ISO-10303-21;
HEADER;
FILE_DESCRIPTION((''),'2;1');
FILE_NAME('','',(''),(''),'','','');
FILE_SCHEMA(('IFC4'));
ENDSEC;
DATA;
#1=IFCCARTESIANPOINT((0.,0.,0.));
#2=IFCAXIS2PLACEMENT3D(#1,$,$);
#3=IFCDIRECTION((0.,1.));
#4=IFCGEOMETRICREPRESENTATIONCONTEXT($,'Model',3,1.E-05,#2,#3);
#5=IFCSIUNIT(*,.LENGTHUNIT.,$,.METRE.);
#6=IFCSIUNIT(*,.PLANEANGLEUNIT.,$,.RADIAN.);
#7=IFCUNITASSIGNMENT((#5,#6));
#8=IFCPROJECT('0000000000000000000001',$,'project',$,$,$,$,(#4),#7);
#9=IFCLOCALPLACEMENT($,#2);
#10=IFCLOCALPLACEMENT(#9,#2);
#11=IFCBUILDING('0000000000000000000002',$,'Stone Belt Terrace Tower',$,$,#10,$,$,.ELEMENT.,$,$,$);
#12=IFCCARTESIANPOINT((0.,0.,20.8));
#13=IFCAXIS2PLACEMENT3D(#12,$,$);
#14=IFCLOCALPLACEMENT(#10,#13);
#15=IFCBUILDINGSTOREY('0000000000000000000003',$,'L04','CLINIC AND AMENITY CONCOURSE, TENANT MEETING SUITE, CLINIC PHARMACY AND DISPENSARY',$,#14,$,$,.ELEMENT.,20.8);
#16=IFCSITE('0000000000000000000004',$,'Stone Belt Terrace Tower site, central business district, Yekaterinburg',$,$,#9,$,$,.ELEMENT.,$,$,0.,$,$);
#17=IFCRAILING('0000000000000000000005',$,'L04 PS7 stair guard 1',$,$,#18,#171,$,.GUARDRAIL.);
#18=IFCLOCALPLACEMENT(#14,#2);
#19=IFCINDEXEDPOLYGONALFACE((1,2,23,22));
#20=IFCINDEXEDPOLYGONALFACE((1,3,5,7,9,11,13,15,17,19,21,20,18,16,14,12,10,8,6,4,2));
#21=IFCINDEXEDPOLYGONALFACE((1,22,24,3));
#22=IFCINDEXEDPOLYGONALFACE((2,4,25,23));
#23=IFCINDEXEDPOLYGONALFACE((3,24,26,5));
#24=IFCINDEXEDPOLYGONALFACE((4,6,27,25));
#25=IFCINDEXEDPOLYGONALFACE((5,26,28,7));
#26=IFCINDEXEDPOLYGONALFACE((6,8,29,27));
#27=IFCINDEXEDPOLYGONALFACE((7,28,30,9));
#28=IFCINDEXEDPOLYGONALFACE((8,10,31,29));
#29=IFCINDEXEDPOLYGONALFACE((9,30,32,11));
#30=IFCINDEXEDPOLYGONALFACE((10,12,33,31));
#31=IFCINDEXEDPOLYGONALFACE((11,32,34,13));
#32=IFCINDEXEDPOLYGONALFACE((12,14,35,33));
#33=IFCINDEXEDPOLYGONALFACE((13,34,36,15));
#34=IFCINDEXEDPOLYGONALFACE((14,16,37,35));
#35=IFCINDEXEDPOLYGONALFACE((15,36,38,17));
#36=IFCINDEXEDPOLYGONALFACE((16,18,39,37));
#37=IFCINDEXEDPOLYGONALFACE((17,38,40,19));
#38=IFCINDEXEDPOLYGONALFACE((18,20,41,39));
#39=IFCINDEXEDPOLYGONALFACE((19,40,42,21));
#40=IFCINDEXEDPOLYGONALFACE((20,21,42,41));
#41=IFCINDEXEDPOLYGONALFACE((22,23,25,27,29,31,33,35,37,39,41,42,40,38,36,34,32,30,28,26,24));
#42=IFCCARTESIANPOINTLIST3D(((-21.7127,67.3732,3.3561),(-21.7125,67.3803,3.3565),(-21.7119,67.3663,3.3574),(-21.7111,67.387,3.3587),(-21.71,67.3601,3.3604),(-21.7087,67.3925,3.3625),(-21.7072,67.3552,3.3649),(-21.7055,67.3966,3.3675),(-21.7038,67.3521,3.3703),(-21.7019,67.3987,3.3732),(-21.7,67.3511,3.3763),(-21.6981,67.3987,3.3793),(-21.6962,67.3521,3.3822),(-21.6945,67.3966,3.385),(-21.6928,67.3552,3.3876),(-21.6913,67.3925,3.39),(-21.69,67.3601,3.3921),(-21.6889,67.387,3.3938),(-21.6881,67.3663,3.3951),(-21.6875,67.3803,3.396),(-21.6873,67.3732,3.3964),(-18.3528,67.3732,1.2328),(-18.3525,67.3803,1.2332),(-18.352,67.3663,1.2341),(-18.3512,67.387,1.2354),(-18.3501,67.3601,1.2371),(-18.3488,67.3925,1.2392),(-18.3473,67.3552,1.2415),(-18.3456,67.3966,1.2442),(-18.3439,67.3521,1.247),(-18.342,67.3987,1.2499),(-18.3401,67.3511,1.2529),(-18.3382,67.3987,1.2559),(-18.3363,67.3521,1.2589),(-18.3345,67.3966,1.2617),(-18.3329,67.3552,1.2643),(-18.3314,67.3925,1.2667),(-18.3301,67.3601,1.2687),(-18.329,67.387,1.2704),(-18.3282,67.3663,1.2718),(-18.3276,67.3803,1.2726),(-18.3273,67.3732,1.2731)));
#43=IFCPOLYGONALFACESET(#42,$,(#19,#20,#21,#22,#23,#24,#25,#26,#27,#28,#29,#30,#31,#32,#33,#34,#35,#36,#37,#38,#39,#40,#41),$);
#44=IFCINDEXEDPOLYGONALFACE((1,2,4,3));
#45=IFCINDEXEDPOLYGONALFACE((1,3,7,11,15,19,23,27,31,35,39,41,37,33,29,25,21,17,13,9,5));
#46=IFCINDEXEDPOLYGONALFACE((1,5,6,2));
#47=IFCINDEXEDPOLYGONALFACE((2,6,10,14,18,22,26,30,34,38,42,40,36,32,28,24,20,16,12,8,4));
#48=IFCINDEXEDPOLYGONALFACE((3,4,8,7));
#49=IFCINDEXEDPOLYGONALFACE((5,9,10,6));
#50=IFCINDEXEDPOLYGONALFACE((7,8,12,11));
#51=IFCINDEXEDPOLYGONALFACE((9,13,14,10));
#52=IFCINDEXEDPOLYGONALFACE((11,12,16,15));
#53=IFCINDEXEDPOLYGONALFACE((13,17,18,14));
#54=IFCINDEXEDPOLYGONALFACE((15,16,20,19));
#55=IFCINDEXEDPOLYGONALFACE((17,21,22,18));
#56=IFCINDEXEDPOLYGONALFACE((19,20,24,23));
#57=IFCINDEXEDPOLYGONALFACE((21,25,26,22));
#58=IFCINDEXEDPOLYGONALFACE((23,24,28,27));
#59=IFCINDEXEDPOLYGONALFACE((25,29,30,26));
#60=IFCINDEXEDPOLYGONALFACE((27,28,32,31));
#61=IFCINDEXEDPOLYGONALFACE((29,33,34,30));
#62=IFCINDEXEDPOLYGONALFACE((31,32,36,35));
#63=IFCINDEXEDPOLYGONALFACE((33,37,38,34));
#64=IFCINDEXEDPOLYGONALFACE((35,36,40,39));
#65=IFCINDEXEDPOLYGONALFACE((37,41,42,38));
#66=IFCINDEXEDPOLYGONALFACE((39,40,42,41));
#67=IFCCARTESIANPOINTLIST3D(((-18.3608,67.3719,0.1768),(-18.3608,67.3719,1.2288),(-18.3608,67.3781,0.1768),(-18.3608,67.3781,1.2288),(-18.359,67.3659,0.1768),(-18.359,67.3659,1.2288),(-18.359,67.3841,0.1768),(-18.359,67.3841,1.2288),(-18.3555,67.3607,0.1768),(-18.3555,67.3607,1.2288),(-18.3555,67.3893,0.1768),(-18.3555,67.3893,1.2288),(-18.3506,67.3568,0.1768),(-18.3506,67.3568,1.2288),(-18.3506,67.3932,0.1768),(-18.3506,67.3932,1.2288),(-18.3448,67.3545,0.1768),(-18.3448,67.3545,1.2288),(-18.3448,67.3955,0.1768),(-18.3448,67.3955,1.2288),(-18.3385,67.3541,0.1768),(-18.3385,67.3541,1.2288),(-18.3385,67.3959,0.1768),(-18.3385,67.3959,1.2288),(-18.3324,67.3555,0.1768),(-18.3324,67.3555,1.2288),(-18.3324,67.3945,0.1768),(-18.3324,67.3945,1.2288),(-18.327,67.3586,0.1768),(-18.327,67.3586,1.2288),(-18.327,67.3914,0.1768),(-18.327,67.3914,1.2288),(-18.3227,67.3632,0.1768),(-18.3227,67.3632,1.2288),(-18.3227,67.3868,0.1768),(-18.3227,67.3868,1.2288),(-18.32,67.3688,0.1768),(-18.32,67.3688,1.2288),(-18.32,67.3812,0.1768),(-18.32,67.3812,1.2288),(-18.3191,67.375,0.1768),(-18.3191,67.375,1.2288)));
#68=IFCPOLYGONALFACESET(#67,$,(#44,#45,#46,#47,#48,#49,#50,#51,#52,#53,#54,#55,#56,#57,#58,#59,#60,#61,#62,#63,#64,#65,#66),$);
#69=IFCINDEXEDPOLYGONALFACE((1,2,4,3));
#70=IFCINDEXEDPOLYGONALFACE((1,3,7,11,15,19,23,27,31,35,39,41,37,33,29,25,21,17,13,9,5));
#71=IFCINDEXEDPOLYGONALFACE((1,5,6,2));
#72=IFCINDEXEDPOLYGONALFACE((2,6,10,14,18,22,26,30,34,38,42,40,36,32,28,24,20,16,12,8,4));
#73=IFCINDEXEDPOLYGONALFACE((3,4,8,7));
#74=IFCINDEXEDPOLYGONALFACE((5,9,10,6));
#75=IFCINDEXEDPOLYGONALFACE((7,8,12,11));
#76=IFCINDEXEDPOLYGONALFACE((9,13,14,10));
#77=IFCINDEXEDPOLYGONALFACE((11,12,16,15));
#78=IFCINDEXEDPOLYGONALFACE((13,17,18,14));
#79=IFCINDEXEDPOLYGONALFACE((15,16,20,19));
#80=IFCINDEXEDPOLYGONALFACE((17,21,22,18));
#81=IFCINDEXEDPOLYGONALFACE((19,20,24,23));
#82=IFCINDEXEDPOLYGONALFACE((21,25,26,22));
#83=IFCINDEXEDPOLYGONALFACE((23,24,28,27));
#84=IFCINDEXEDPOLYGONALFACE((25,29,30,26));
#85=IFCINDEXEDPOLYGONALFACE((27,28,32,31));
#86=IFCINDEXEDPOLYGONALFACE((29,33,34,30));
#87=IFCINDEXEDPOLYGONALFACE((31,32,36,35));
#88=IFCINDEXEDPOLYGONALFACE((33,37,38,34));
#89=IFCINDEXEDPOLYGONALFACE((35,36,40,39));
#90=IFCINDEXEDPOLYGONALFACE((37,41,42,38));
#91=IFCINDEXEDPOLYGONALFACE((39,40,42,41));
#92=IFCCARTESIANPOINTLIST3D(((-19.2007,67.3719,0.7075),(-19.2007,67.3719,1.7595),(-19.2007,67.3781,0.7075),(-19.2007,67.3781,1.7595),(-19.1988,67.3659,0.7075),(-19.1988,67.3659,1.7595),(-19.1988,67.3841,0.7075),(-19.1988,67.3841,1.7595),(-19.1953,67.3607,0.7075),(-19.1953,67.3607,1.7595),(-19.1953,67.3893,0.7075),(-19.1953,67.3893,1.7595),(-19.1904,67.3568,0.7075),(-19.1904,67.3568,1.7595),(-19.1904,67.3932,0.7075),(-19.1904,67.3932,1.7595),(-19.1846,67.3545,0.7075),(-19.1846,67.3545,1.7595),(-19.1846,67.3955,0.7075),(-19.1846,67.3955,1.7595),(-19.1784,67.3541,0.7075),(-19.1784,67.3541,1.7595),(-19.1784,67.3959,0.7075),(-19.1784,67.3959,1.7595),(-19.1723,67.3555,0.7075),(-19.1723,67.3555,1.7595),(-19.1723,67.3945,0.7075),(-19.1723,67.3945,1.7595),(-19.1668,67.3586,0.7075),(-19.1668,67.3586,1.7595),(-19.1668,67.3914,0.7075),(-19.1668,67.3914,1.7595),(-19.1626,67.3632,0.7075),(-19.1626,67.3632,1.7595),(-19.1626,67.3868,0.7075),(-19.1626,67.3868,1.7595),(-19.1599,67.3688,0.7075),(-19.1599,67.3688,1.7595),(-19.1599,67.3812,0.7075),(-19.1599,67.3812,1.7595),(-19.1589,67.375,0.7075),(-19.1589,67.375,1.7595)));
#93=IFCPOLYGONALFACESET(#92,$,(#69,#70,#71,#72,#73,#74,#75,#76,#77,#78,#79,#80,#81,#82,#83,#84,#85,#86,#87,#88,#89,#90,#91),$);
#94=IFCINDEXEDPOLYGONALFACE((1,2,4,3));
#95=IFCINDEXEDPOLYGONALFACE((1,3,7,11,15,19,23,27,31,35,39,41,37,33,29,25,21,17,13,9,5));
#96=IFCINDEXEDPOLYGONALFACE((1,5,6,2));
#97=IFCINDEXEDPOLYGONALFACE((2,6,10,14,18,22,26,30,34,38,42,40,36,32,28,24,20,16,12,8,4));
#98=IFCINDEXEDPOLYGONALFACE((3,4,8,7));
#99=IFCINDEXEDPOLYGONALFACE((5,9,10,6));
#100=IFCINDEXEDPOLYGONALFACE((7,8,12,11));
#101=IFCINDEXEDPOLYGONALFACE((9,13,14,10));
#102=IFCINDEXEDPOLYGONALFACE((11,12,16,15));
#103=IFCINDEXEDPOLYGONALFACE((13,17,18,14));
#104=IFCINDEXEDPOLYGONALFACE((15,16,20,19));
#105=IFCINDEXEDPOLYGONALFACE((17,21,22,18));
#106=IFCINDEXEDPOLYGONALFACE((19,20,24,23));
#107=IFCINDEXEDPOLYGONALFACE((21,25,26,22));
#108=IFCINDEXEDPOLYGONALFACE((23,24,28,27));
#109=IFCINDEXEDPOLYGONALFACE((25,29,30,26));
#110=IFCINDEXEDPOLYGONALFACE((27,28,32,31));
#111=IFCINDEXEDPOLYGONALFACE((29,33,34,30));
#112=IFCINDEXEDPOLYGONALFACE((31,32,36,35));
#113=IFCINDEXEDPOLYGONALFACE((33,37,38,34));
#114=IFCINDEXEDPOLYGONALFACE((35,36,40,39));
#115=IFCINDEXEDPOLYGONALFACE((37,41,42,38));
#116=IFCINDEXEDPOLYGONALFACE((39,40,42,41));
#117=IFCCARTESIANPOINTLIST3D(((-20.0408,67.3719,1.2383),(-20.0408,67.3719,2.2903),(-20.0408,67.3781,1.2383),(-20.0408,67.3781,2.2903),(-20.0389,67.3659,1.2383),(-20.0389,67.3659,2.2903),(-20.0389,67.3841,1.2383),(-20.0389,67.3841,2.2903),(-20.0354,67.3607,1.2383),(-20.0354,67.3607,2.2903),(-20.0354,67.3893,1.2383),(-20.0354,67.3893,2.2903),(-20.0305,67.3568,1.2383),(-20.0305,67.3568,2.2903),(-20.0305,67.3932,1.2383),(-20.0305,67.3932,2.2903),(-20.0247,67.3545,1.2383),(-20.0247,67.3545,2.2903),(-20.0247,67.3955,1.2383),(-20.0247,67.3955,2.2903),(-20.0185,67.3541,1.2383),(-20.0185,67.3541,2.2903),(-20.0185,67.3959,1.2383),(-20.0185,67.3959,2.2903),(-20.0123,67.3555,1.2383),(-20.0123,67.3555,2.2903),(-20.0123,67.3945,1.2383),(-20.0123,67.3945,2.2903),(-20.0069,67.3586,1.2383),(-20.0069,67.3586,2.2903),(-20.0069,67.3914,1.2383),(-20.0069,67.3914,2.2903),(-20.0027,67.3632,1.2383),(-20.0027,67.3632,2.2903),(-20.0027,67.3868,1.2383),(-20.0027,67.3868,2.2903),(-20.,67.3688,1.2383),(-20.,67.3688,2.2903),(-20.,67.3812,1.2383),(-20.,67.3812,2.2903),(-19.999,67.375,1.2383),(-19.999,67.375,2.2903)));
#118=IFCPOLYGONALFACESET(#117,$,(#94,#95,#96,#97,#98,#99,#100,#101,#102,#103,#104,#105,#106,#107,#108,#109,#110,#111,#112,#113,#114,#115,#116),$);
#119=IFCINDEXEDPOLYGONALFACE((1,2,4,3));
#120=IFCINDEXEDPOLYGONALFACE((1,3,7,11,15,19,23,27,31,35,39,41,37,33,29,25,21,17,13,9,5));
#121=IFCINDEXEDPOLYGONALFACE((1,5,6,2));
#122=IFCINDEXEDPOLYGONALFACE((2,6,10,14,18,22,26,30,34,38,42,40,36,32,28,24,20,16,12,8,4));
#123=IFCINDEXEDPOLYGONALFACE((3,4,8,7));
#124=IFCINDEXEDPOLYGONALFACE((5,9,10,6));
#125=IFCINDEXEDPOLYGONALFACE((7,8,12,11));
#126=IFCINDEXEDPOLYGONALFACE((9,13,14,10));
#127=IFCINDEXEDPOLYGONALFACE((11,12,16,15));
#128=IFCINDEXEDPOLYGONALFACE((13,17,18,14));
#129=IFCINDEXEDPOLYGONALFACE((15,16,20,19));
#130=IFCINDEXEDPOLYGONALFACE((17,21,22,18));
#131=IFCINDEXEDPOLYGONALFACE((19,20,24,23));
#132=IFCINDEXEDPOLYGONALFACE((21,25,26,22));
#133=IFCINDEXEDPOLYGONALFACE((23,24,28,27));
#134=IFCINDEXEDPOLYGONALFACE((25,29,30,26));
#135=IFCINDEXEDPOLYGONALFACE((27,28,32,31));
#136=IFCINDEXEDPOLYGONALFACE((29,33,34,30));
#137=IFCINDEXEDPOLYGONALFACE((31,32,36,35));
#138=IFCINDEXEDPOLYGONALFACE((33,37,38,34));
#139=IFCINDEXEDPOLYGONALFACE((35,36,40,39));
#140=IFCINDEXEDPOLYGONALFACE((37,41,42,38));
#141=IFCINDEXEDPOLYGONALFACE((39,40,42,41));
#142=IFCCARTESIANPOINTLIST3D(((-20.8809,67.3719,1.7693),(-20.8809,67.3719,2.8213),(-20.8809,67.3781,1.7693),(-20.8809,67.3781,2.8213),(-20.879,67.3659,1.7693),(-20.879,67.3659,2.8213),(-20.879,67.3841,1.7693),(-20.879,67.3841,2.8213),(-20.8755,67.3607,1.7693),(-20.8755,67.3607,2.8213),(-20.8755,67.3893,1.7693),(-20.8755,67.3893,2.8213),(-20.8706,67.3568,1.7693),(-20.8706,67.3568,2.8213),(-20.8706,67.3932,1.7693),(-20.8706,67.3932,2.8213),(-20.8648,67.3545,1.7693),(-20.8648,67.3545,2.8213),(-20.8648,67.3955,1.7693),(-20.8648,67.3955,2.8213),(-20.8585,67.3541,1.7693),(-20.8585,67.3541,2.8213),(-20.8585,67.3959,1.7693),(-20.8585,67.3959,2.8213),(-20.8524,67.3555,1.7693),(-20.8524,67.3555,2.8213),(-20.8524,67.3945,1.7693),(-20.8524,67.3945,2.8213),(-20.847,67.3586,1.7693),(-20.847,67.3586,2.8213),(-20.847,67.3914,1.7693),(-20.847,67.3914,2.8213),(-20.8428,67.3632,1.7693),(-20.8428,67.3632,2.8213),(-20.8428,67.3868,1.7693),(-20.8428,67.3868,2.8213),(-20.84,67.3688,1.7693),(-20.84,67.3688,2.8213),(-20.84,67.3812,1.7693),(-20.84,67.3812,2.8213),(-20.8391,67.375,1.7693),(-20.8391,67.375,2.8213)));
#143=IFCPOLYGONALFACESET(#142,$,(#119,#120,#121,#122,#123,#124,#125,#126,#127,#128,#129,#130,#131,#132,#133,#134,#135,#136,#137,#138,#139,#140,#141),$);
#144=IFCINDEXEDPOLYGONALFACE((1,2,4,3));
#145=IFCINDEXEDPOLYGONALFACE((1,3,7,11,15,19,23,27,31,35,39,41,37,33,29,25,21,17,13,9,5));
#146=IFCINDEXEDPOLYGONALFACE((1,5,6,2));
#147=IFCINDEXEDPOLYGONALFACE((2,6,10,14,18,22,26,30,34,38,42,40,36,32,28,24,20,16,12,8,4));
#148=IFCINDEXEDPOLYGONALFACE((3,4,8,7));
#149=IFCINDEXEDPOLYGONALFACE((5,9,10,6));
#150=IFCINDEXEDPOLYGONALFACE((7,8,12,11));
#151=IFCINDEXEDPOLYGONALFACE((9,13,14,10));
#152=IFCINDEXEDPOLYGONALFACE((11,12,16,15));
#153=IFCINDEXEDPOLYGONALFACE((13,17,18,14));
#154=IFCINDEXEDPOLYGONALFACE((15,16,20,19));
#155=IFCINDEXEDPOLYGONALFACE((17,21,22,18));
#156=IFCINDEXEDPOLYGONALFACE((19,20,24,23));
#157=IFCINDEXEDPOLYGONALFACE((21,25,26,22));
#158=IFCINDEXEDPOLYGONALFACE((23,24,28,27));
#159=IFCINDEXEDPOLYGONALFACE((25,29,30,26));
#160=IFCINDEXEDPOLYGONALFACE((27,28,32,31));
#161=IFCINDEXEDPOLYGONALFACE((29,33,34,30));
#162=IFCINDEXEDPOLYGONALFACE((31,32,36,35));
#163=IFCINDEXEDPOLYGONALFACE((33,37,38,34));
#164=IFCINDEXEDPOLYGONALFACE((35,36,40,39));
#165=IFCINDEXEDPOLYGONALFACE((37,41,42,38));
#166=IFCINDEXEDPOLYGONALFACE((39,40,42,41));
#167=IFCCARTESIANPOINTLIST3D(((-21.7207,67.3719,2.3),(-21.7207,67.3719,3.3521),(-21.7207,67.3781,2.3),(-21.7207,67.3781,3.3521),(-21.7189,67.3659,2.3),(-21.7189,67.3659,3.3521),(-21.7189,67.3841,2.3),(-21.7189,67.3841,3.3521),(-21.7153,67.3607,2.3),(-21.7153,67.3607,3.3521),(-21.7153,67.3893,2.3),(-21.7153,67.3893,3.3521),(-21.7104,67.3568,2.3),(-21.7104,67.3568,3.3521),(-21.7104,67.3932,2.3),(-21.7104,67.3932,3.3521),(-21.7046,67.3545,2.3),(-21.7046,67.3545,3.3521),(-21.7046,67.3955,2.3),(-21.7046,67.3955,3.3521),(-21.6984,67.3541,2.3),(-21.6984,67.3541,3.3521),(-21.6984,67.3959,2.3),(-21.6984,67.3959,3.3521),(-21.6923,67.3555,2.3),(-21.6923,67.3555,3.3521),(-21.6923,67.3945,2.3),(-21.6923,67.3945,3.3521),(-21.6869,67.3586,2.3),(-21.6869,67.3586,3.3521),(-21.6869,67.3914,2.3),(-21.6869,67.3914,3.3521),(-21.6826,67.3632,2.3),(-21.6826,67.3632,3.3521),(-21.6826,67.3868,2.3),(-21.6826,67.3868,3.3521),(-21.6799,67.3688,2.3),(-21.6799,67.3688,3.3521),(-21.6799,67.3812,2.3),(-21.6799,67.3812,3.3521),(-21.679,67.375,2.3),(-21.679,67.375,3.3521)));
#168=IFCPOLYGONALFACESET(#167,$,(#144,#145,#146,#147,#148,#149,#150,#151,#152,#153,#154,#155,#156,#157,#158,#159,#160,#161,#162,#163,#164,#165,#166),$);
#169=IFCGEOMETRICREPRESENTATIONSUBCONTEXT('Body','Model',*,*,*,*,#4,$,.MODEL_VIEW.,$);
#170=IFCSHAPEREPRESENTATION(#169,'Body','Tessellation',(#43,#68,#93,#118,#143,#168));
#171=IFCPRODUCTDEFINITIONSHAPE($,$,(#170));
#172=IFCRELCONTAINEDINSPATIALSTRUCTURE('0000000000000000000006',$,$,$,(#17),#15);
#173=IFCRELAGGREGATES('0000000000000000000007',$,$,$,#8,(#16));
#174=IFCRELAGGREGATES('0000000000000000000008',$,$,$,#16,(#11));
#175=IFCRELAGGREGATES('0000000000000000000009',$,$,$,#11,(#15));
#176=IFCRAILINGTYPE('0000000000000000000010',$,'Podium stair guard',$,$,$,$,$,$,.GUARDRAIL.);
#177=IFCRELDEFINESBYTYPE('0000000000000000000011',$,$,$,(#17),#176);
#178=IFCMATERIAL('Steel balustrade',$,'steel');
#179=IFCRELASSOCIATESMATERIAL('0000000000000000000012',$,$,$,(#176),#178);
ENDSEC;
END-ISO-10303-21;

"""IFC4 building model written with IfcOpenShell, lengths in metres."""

from ifc_helpers import new_model, si_unit, direction, frame, origin, origin_2d, place, context, subcontext, project, spatial, circle, extrude, material, type_object, element, save


model = new_model("IFC4")

# Units and contexts
model_context = context("Model", 3, precision=1e-05, world=origin(), true_north=direction((0.0, 1.0)))
body_context = subcontext(model_context, "Body", "Model", "MODEL_VIEW")
ifc_project = project(units=[si_unit("LENGTHUNIT", "METRE"), si_unit("PLANEANGLEUNIT", "RADIAN")], contexts=[model_context])

# Site, building, storey
site_placement = place(None, origin())
site = spatial("IfcSite", under=ifc_project, at=site_placement, Name="Stone Belt Terrace Tower site, central business district, Yekaterinburg", CompositionType="ELEMENT", RefElevation=0.0)
building_placement = place(site_placement, origin())
building = spatial("IfcBuilding", under=site, at=building_placement, Name="Stone Belt Terrace Tower", CompositionType="ELEMENT")
storey_placement = place(building_placement, frame((0.0, 0.0, 20.8)))
storey = spatial("IfcBuildingStorey", under=building, at=storey_placement, Name="L04", Description="CLINIC AND AMENITY CONCOURSE, TENANT MEETING SUITE, CLINIC PHARMACY AND DISPENSARY", CompositionType="ELEMENT", Elevation=20.8)

# Railing
ifc_material_1 = material(Name="Steel balustrade", Category="steel")
railing_type_1 = type_object("IfcRailingType", Name="Podium stair guard", PredefinedType="GUARDRAIL", material=ifc_material_1)
railing_1_placement = place(storey_placement, frame((-18.3401, 67.375, 0.1768)))
element("IfcRailing", 1, at=railing_1_placement, inside=storey, type_object=railing_type_1, Name="L04 PS7 stair guard 1", PredefinedType="GUARDRAIL", context=body_context, shape_type="SweptSolid", body=[
    extrude(circle(Radius=0.0239, at=origin_2d()), frame((0.0, 0.0, 1.0762), z_axis=(-0.845344, 0.0, 0.534222), x_axis=(0.0, -1.0, 0.0)), (0.0, 0.0, 1.0), 3.9746),
    extrude(circle(Radius=0.021, at=origin_2d()), origin(), (0.0, 0.0, 1.0), 1.052),
    extrude(circle(Radius=0.021, at=origin_2d()), frame((-0.8398, 0.0, 0.5308)), (0.0, 0.0, 1.0), 1.052),
    extrude(circle(Radius=0.021, at=origin_2d()), frame((-1.6799, 0.0, 1.0615)), (0.0, 0.0, 1.0), 1.052),
    extrude(circle(Radius=0.021, at=origin_2d()), frame((-2.52, 0.0, 1.5925)), (0.0, 0.0, 1.0), 1.052),
    extrude(circle(Radius=0.021, at=origin_2d()), frame((-3.3599, 0.0, 2.1233)), (0.0, 0.0, 1.0), 1.052),
])

save(model, "model.ifc")
